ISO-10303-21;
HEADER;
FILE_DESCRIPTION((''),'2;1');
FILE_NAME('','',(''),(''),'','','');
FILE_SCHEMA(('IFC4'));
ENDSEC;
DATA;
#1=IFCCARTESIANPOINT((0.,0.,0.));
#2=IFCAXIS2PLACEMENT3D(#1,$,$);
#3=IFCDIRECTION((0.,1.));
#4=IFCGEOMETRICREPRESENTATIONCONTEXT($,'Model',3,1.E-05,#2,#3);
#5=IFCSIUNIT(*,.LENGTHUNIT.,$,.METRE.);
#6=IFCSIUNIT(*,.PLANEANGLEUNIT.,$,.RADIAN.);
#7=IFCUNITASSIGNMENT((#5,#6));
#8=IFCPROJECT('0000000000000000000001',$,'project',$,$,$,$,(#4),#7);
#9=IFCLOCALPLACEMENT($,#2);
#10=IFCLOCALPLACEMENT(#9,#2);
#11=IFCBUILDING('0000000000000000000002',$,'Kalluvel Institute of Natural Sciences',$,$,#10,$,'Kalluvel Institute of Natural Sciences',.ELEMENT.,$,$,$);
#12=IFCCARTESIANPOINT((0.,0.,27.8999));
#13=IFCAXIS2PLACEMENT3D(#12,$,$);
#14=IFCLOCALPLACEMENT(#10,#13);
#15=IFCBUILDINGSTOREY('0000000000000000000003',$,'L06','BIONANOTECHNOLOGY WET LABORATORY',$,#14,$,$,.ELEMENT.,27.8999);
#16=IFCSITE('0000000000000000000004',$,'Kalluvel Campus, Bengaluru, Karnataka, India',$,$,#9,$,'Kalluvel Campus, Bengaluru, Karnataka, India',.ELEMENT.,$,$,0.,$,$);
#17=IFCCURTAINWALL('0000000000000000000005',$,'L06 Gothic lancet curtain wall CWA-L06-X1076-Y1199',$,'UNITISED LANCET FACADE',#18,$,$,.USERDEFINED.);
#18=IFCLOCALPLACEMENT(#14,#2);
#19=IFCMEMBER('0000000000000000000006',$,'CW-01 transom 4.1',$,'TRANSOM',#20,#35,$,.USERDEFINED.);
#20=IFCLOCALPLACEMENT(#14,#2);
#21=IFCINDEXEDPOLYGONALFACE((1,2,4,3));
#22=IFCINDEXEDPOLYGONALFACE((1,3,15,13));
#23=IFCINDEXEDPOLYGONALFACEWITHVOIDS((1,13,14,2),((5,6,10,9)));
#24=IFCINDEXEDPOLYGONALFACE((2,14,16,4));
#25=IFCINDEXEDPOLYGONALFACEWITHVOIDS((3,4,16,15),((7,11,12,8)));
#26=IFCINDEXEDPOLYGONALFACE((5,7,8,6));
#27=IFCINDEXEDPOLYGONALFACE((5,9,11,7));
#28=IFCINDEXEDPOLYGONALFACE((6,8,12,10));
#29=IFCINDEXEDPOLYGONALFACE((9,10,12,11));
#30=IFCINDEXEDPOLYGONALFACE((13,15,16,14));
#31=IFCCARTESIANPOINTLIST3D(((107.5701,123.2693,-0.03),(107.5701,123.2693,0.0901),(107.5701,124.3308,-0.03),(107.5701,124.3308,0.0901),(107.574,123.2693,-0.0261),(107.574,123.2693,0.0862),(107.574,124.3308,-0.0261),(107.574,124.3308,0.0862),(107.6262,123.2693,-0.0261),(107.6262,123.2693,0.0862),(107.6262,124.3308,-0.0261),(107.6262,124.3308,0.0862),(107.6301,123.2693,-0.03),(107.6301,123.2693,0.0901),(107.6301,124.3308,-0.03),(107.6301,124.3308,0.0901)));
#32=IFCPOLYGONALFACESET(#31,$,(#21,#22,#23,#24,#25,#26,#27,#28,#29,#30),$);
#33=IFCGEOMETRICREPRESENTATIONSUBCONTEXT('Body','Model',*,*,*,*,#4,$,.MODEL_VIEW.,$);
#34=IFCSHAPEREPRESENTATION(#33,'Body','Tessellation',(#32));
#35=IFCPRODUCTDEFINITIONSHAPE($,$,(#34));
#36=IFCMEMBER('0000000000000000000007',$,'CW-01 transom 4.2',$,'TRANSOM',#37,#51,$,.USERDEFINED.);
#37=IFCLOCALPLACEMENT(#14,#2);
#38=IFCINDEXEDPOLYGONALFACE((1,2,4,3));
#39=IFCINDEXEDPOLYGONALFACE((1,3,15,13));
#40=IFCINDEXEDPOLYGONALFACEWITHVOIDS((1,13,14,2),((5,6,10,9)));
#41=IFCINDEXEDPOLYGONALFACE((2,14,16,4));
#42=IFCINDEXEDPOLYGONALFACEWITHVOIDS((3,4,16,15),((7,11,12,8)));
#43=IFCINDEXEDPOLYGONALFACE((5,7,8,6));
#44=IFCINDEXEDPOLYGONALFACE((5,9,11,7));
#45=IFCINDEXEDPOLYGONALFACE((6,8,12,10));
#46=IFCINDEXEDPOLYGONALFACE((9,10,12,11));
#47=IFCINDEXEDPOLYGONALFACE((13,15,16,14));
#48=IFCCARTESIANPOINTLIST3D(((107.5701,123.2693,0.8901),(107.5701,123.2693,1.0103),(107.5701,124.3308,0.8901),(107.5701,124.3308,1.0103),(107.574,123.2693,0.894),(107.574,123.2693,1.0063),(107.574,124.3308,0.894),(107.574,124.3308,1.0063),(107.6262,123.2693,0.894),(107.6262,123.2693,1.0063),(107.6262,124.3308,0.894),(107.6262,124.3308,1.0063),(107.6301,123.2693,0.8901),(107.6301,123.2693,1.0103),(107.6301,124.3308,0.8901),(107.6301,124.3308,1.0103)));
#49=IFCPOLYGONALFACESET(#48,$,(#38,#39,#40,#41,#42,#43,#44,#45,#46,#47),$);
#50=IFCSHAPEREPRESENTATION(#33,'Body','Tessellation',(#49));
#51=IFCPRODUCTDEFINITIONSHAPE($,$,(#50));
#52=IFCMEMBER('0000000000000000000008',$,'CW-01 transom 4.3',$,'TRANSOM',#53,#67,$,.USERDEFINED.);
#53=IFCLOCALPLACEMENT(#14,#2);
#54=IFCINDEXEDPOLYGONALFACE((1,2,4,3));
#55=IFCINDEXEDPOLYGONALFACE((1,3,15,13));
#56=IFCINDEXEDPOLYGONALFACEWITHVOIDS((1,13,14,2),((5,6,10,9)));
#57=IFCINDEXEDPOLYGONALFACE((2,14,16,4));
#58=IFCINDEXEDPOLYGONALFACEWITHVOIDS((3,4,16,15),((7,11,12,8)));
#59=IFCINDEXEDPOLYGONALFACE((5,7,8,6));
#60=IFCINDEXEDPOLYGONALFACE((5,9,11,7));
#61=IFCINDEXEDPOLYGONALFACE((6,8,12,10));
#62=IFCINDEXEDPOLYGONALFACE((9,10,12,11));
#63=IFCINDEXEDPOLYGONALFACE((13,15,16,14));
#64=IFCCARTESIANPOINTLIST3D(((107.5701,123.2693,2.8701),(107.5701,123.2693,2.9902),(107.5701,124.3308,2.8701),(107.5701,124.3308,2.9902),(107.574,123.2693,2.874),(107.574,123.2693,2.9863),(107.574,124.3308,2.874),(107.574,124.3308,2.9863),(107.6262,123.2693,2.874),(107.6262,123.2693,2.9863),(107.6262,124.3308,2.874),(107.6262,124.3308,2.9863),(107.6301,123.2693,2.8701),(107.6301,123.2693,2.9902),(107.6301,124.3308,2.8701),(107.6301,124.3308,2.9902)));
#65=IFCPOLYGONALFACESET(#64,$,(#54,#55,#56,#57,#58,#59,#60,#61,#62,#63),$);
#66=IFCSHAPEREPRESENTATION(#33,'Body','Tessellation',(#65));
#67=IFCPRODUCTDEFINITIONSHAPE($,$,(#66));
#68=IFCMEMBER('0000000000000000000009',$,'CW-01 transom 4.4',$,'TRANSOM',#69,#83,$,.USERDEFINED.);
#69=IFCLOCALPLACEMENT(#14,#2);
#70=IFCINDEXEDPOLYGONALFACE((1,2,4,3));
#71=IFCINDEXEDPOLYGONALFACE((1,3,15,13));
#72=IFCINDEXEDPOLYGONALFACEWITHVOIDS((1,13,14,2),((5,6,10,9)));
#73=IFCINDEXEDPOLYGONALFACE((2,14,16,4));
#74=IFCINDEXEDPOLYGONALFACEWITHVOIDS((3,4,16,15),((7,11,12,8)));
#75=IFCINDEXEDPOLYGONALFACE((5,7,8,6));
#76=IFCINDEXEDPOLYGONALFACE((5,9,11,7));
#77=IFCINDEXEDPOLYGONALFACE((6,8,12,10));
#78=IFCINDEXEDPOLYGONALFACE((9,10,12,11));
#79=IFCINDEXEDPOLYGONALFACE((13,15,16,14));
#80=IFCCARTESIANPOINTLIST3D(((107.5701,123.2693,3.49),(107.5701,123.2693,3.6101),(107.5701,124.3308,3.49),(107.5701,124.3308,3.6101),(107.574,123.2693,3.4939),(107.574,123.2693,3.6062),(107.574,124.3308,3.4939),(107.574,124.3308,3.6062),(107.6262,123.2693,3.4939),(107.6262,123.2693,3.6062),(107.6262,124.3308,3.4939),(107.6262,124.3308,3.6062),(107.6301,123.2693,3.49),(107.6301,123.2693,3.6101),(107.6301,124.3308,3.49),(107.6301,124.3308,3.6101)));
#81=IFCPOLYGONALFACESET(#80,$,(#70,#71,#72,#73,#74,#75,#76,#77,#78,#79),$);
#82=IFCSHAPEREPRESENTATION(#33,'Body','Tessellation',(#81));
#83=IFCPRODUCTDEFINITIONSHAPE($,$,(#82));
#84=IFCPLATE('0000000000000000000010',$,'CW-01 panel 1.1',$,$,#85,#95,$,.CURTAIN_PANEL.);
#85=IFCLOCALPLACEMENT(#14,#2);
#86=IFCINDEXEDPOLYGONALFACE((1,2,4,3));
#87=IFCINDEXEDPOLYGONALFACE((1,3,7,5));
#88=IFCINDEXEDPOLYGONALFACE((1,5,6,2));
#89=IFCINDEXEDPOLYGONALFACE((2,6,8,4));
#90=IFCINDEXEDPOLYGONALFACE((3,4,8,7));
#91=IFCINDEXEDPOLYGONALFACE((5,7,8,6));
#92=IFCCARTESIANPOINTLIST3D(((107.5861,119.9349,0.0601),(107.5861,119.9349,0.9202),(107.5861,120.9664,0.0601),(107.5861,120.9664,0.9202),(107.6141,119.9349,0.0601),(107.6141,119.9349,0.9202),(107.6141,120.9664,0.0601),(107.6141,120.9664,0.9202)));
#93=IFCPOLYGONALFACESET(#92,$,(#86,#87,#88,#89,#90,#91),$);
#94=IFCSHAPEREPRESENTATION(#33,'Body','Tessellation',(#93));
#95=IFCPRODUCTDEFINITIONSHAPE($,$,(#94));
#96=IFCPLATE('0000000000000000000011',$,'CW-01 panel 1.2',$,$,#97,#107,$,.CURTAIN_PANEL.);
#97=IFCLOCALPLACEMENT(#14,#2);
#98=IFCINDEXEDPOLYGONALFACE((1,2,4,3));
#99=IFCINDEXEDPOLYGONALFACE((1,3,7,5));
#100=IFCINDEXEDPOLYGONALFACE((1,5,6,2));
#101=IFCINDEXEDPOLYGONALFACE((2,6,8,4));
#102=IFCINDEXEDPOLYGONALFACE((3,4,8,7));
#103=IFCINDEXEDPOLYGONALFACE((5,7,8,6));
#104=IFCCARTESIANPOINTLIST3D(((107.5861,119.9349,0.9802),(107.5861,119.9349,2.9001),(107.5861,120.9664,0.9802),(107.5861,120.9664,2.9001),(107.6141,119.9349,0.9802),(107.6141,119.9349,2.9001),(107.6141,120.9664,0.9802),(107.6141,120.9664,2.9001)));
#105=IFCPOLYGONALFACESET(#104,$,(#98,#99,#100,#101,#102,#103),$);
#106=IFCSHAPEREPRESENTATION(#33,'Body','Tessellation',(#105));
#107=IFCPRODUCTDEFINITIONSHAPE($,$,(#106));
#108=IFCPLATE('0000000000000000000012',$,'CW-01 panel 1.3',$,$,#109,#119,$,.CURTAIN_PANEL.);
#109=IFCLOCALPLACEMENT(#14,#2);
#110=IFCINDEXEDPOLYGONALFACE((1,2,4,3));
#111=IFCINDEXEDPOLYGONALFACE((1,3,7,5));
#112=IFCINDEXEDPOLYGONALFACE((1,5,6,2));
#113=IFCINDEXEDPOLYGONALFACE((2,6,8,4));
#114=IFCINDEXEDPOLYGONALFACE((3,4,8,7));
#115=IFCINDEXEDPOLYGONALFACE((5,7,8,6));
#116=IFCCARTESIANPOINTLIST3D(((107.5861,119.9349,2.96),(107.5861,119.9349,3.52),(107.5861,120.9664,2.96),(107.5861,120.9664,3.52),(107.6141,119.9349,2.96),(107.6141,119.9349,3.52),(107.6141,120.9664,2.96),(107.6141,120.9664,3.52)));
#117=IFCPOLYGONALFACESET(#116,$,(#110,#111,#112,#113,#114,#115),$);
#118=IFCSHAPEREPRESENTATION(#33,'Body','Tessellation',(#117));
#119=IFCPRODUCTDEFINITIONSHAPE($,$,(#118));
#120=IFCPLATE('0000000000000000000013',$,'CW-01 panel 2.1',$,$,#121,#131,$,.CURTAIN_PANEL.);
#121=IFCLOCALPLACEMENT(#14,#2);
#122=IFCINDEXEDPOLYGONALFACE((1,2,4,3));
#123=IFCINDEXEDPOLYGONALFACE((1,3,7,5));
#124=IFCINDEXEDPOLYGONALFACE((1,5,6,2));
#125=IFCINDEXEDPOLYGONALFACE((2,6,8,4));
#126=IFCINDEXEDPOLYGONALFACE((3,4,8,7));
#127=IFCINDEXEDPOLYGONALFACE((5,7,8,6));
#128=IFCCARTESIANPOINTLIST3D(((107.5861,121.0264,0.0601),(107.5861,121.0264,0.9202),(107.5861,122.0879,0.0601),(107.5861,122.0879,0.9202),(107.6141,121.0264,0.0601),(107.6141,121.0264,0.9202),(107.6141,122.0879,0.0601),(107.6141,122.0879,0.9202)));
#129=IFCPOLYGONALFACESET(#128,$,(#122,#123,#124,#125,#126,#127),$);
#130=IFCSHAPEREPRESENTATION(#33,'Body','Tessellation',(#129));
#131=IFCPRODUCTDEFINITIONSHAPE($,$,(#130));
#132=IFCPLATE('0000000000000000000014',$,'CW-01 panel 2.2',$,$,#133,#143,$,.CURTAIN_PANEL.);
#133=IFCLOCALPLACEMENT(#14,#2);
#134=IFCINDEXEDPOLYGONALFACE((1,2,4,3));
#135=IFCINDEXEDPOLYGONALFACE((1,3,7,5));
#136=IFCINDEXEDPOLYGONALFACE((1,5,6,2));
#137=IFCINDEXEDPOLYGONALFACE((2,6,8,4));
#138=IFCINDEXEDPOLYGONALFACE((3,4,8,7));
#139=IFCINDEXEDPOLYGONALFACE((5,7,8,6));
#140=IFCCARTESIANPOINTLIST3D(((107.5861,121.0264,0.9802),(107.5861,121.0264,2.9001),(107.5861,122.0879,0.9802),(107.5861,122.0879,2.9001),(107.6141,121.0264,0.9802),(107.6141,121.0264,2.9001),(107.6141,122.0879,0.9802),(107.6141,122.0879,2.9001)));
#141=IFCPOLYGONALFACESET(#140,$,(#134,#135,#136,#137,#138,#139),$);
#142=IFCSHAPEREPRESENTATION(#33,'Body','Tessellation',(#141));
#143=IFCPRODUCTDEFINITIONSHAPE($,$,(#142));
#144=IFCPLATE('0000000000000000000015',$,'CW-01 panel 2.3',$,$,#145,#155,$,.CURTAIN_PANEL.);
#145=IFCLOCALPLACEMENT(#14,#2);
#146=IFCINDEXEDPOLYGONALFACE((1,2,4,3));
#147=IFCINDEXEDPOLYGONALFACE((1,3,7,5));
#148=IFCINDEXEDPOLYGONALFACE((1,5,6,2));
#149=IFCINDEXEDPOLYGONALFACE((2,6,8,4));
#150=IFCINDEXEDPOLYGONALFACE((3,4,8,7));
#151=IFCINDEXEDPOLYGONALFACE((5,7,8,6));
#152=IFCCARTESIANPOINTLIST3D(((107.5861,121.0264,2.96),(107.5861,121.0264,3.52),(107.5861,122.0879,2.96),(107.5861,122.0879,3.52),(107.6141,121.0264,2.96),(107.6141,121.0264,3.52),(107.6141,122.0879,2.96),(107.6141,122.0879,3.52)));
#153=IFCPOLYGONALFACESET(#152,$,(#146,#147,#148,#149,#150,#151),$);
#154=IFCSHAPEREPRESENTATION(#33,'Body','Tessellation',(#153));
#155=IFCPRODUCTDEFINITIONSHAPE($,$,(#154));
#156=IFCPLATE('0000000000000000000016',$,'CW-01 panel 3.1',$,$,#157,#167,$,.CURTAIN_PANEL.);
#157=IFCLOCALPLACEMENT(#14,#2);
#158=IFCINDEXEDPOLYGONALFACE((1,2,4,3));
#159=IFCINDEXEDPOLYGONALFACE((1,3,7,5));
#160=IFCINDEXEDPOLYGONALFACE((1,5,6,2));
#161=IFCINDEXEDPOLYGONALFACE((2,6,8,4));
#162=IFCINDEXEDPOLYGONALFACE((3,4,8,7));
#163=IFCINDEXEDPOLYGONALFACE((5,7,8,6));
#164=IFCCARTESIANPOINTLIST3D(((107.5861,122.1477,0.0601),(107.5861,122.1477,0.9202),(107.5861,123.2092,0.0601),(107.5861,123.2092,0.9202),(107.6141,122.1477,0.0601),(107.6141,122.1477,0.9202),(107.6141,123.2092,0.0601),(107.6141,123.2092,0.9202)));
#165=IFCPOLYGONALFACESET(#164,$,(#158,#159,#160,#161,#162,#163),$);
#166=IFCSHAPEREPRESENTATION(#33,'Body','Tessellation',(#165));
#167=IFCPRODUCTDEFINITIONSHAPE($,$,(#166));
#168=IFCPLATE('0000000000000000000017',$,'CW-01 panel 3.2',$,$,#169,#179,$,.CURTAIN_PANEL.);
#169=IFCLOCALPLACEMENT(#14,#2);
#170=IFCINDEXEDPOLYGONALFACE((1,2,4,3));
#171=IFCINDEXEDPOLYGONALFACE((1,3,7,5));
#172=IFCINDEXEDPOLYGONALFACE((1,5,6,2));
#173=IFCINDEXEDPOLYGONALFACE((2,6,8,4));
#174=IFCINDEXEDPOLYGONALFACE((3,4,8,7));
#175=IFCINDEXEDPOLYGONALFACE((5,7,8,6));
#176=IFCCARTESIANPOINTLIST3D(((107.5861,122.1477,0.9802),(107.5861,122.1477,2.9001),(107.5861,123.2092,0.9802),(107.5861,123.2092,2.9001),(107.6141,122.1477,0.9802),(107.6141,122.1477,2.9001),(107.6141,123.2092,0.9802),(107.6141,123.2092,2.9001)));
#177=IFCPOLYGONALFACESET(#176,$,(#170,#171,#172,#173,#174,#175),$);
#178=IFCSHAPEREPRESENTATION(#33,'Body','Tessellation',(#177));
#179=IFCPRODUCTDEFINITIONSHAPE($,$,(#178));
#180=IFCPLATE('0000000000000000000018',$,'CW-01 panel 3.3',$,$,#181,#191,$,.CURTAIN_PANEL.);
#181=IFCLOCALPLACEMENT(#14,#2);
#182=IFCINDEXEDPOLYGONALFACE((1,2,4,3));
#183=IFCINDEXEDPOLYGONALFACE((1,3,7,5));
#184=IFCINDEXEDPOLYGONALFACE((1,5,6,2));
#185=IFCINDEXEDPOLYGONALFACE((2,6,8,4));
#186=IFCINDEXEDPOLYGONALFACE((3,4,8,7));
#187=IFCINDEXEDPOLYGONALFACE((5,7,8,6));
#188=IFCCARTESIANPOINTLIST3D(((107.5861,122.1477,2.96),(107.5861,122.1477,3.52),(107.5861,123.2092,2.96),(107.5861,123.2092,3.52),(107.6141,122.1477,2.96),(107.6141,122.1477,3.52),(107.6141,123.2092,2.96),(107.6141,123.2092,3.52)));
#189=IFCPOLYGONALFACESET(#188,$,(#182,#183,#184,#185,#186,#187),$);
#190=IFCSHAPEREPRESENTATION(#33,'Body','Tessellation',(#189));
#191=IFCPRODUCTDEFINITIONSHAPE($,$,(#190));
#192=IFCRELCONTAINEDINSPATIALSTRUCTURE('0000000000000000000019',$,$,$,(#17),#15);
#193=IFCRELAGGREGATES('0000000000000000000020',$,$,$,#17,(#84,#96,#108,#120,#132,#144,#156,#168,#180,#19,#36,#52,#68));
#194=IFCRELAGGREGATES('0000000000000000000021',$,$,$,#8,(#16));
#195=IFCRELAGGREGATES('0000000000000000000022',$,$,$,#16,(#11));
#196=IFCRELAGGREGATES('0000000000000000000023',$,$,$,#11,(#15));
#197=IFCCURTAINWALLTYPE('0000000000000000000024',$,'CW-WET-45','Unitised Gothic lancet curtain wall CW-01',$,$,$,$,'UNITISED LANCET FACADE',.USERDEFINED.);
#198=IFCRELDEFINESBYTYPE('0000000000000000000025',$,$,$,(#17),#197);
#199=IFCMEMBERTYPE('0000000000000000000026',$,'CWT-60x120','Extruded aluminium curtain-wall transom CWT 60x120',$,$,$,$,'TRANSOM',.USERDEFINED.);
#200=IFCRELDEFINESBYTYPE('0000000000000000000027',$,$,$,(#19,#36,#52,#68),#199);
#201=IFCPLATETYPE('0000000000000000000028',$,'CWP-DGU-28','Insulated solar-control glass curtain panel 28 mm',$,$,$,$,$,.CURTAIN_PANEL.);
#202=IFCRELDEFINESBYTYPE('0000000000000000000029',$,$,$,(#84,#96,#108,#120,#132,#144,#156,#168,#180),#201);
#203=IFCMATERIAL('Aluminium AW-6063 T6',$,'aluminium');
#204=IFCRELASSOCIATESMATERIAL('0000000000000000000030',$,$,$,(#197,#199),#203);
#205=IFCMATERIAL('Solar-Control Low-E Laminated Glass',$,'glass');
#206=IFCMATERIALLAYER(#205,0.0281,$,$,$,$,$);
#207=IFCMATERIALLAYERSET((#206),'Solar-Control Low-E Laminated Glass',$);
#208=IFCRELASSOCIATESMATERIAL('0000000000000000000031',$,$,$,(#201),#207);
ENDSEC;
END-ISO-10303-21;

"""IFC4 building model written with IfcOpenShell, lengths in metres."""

from ifc_helpers import new_model, si_unit, direction, frame, origin, origin_2d, place, context, subcontext, project, spatial, rectangle, hollow_rectangle, extrude, material, layer, layer_set, material_profile, profile_set, type_object, element, aggregate, save


model = new_model("IFC4")

# Units and contexts
model_context = context("Model", 3, precision=1e-05, world=origin(), true_north=direction((0.0, 1.0)))
body_context = subcontext(model_context, "Body", "Model", "MODEL_VIEW")
ifc_project = project(units=[si_unit("LENGTHUNIT", "METRE"), si_unit("PLANEANGLEUNIT", "RADIAN")], contexts=[model_context])

# Site, building, storey
site_placement = place(None, origin())
site = spatial("IfcSite", under=ifc_project, at=site_placement, Name="Kalluvel Campus, Bengaluru, Karnataka, India", LongName="Kalluvel Campus, Bengaluru, Karnataka, India", CompositionType="ELEMENT", RefElevation=0.0)
building_placement = place(site_placement, origin())
building = spatial("IfcBuilding", under=site, at=building_placement, Name="Kalluvel Institute of Natural Sciences", LongName="Kalluvel Institute of Natural Sciences", CompositionType="ELEMENT")
storey_placement = place(building_placement, frame((0.0, 0.0, 27.8999)))
storey = spatial("IfcBuildingStorey", under=building, at=storey_placement, Name="L06", Description="BIONANOTECHNOLOGY WET LABORATORY", CompositionType="ELEMENT", Elevation=27.8999)

# Curtain wall, members, plates
ifc_material_1 = material(Name="Aluminium AW-6063 T6", Category="aluminium")
curtain_wall_type = type_object("IfcCurtainWallType", Name="CW-WET-45", Description="Unitised Gothic lancet curtain wall CW-01", ElementType="UNITISED LANCET FACADE", PredefinedType="USERDEFINED", material=ifc_material_1)
curtain_wall_placement = place(storey_placement, origin())
curtain_wall = element("IfcCurtainWall", 1, at=curtain_wall_placement, inside=storey, type_object=curtain_wall_type, Name="L06 Gothic lancet curtain wall CWA-L06-X1076-Y1199", ObjectType="UNITISED LANCET FACADE", PredefinedType="USERDEFINED")
ifc_material_profile_1 = material_profile(ifc_material_1, hollow_rectangle(XDim=0.0601, YDim=0.1201, WallThickness=0.0039, at=origin_2d()), Name="CWT 60x120")
ifc_profile_set_1 = profile_set([ifc_material_profile_1], Name="Aluminium AW-6063 T6")
member_type_1 = type_object("IfcMemberType", Name="CWT-60x120", Description="Extruded aluminium curtain-wall transom CWT 60x120", ElementType="TRANSOM", PredefinedType="USERDEFINED", material=ifc_profile_set_1)
member_1_placement = place(storey_placement, frame((107.6001, 123.2693, 0.03), z_axis=(0.0, 1.0, 0.0), x_axis=(-1.0, 0.0, 0.0)))
member_1 = element("IfcMember", 2, at=member_1_placement, type_object=member_type_1, Name="CW-01 transom 4.1", ObjectType="TRANSOM", PredefinedType="USERDEFINED", context=body_context, shape_type="SweptSolid", body=[
    extrude(hollow_rectangle(XDim=0.0601, YDim=0.1201, WallThickness=0.0039, at=origin_2d()), origin(), (0.0, 0.0, 1.0), 1.0615),
])
member_2_placement = place(storey_placement, frame((107.6001, 123.2693, 0.9502), z_axis=(0.0, 1.0, 0.0), x_axis=(-1.0, 0.0, 0.0)))
member_2 = element("IfcMember", 3, at=member_2_placement, type_object=member_type_1, Name="CW-01 transom 4.2", ObjectType="TRANSOM", PredefinedType="USERDEFINED", context=body_context, shape_type="SweptSolid", body=[
    extrude(hollow_rectangle(XDim=0.0601, YDim=0.1201, WallThickness=0.0039, at=origin_2d()), origin(), (0.0, 0.0, 1.0), 1.0615),
])
member_3_placement = place(storey_placement, frame((107.6001, 123.2693, 2.9302), z_axis=(0.0, 1.0, 0.0), x_axis=(-1.0, 0.0, 0.0)))
member_3 = element("IfcMember", 4, at=member_3_placement, type_object=member_type_1, Name="CW-01 transom 4.3", ObjectType="TRANSOM", PredefinedType="USERDEFINED", context=body_context, shape_type="SweptSolid", body=[
    extrude(hollow_rectangle(XDim=0.0601, YDim=0.1201, WallThickness=0.0039, at=origin_2d()), origin(), (0.0, 0.0, 1.0), 1.0615),
])
member_4_placement = place(storey_placement, frame((107.6001, 123.2693, 3.55), z_axis=(0.0, 1.0, 0.0), x_axis=(-1.0, 0.0, 0.0)))
member_4 = element("IfcMember", 5, at=member_4_placement, type_object=member_type_1, Name="CW-01 transom 4.4", ObjectType="TRANSOM", PredefinedType="USERDEFINED", context=body_context, shape_type="SweptSolid", body=[
    extrude(hollow_rectangle(XDim=0.0601, YDim=0.1201, WallThickness=0.0039, at=origin_2d()), origin(), (0.0, 0.0, 1.0), 1.0615),
])
ifc_material_2 = material(Name="Solar-Control Low-E Laminated Glass", Category="glass")
ifc_layer = layer(ifc_material_2, 0.0281)
ifc_layer_set = layer_set([ifc_layer], Name="Solar-Control Low-E Laminated Glass")
plate_type = type_object("IfcPlateType", Name="CWP-DGU-28", Description="Insulated solar-control glass curtain panel 28 mm", PredefinedType="CURTAIN_PANEL", material=ifc_layer_set)
plate_1_placement = place(storey_placement, frame((107.6001, 120.4507, 0.0601), z_axis=(0.0, 0.0, 1.0), x_axis=(0.0, 1.0, 0.0)))
plate_1 = element("IfcPlate", 6, at=plate_1_placement, type_object=plate_type, Name="CW-01 panel 1.1", PredefinedType="CURTAIN_PANEL", context=body_context, shape_type="SweptSolid", body=[
    extrude(rectangle(XDim=1.0315, YDim=0.0281, at=origin_2d()), origin(), (0.0, 0.0, 1.0), 0.8601),
])
plate_2_placement = place(storey_placement, frame((107.6001, 120.4507, 0.9802), z_axis=(0.0, 0.0, 1.0), x_axis=(0.0, 1.0, 0.0)))
plate_2 = element("IfcPlate", 7, at=plate_2_placement, type_object=plate_type, Name="CW-01 panel 1.2", PredefinedType="CURTAIN_PANEL", context=body_context, shape_type="SweptSolid", body=[
    extrude(rectangle(XDim=1.0315, YDim=0.0281, at=origin_2d()), origin(), (0.0, 0.0, 1.0), 1.9199),
])
plate_3_placement = place(storey_placement, frame((107.6001, 120.4507, 2.96), z_axis=(0.0, 0.0, 1.0), x_axis=(0.0, 1.0, 0.0)))
plate_3 = element("IfcPlate", 8, at=plate_3_placement, type_object=plate_type, Name="CW-01 panel 1.3", PredefinedType="CURTAIN_PANEL", context=body_context, shape_type="SweptSolid", body=[
    extrude(rectangle(XDim=1.0315, YDim=0.0281, at=origin_2d()), origin(), (0.0, 0.0, 1.0), 0.5601),
])
plate_4_placement = place(storey_placement, frame((107.6001, 121.5571, 0.0601), z_axis=(0.0, 0.0, 1.0), x_axis=(0.0, 1.0, 0.0)))
plate_4 = element("IfcPlate", 9, at=plate_4_placement, type_object=plate_type, Name="CW-01 panel 2.1", PredefinedType="CURTAIN_PANEL", context=body_context, shape_type="SweptSolid", body=[
    extrude(rectangle(XDim=1.0615, YDim=0.0281, at=origin_2d()), origin(), (0.0, 0.0, 1.0), 0.8601),
])
plate_5_placement = place(storey_placement, frame((107.6001, 121.5571, 0.9802), z_axis=(0.0, 0.0, 1.0), x_axis=(0.0, 1.0, 0.0)))
plate_5 = element("IfcPlate", 10, at=plate_5_placement, type_object=plate_type, Name="CW-01 panel 2.2", PredefinedType="CURTAIN_PANEL", context=body_context, shape_type="SweptSolid", body=[
    extrude(rectangle(XDim=1.0615, YDim=0.0281, at=origin_2d()), origin(), (0.0, 0.0, 1.0), 1.9199),
])
plate_6_placement = place(storey_placement, frame((107.6001, 121.5571, 2.96), z_axis=(0.0, 0.0, 1.0), x_axis=(0.0, 1.0, 0.0)))
plate_6 = element("IfcPlate", 11, at=plate_6_placement, type_object=plate_type, Name="CW-01 panel 2.3", PredefinedType="CURTAIN_PANEL", context=body_context, shape_type="SweptSolid", body=[
    extrude(rectangle(XDim=1.0615, YDim=0.0281, at=origin_2d()), origin(), (0.0, 0.0, 1.0), 0.5601),
])
plate_7_placement = place(storey_placement, frame((107.6001, 122.6785, 0.0601), z_axis=(0.0, 0.0, 1.0), x_axis=(0.0, 1.0, 0.0)))
plate_7 = element("IfcPlate", 12, at=plate_7_placement, type_object=plate_type, Name="CW-01 panel 3.1", PredefinedType="CURTAIN_PANEL", context=body_context, shape_type="SweptSolid", body=[
    extrude(rectangle(XDim=1.0615, YDim=0.0281, at=origin_2d()), origin(), (0.0, 0.0, 1.0), 0.8601),
])
plate_8_placement = place(storey_placement, frame((107.6001, 122.6785, 0.9802), z_axis=(0.0, 0.0, 1.0), x_axis=(0.0, 1.0, 0.0)))
plate_8 = element("IfcPlate", 13, at=plate_8_placement, type_object=plate_type, Name="CW-01 panel 3.2", PredefinedType="CURTAIN_PANEL", context=body_context, shape_type="SweptSolid", body=[
    extrude(rectangle(XDim=1.0615, YDim=0.0281, at=origin_2d()), origin(), (0.0, 0.0, 1.0), 1.9199),
])
plate_9_placement = place(storey_placement, frame((107.6001, 122.6785, 2.96), z_axis=(0.0, 0.0, 1.0), x_axis=(0.0, 1.0, 0.0)))
plate_9 = element("IfcPlate", 14, at=plate_9_placement, type_object=plate_type, Name="CW-01 panel 3.3", PredefinedType="CURTAIN_PANEL", context=body_context, shape_type="SweptSolid", body=[
    extrude(rectangle(XDim=1.0615, YDim=0.0281, at=origin_2d()), origin(), (0.0, 0.0, 1.0), 0.5601),
])
aggregate(curtain_wall, [plate_1, plate_2, plate_3, plate_4, plate_5, plate_6, plate_7, plate_8, plate_9, member_1, member_2, member_3, member_4])

save(model, "model.ifc")
